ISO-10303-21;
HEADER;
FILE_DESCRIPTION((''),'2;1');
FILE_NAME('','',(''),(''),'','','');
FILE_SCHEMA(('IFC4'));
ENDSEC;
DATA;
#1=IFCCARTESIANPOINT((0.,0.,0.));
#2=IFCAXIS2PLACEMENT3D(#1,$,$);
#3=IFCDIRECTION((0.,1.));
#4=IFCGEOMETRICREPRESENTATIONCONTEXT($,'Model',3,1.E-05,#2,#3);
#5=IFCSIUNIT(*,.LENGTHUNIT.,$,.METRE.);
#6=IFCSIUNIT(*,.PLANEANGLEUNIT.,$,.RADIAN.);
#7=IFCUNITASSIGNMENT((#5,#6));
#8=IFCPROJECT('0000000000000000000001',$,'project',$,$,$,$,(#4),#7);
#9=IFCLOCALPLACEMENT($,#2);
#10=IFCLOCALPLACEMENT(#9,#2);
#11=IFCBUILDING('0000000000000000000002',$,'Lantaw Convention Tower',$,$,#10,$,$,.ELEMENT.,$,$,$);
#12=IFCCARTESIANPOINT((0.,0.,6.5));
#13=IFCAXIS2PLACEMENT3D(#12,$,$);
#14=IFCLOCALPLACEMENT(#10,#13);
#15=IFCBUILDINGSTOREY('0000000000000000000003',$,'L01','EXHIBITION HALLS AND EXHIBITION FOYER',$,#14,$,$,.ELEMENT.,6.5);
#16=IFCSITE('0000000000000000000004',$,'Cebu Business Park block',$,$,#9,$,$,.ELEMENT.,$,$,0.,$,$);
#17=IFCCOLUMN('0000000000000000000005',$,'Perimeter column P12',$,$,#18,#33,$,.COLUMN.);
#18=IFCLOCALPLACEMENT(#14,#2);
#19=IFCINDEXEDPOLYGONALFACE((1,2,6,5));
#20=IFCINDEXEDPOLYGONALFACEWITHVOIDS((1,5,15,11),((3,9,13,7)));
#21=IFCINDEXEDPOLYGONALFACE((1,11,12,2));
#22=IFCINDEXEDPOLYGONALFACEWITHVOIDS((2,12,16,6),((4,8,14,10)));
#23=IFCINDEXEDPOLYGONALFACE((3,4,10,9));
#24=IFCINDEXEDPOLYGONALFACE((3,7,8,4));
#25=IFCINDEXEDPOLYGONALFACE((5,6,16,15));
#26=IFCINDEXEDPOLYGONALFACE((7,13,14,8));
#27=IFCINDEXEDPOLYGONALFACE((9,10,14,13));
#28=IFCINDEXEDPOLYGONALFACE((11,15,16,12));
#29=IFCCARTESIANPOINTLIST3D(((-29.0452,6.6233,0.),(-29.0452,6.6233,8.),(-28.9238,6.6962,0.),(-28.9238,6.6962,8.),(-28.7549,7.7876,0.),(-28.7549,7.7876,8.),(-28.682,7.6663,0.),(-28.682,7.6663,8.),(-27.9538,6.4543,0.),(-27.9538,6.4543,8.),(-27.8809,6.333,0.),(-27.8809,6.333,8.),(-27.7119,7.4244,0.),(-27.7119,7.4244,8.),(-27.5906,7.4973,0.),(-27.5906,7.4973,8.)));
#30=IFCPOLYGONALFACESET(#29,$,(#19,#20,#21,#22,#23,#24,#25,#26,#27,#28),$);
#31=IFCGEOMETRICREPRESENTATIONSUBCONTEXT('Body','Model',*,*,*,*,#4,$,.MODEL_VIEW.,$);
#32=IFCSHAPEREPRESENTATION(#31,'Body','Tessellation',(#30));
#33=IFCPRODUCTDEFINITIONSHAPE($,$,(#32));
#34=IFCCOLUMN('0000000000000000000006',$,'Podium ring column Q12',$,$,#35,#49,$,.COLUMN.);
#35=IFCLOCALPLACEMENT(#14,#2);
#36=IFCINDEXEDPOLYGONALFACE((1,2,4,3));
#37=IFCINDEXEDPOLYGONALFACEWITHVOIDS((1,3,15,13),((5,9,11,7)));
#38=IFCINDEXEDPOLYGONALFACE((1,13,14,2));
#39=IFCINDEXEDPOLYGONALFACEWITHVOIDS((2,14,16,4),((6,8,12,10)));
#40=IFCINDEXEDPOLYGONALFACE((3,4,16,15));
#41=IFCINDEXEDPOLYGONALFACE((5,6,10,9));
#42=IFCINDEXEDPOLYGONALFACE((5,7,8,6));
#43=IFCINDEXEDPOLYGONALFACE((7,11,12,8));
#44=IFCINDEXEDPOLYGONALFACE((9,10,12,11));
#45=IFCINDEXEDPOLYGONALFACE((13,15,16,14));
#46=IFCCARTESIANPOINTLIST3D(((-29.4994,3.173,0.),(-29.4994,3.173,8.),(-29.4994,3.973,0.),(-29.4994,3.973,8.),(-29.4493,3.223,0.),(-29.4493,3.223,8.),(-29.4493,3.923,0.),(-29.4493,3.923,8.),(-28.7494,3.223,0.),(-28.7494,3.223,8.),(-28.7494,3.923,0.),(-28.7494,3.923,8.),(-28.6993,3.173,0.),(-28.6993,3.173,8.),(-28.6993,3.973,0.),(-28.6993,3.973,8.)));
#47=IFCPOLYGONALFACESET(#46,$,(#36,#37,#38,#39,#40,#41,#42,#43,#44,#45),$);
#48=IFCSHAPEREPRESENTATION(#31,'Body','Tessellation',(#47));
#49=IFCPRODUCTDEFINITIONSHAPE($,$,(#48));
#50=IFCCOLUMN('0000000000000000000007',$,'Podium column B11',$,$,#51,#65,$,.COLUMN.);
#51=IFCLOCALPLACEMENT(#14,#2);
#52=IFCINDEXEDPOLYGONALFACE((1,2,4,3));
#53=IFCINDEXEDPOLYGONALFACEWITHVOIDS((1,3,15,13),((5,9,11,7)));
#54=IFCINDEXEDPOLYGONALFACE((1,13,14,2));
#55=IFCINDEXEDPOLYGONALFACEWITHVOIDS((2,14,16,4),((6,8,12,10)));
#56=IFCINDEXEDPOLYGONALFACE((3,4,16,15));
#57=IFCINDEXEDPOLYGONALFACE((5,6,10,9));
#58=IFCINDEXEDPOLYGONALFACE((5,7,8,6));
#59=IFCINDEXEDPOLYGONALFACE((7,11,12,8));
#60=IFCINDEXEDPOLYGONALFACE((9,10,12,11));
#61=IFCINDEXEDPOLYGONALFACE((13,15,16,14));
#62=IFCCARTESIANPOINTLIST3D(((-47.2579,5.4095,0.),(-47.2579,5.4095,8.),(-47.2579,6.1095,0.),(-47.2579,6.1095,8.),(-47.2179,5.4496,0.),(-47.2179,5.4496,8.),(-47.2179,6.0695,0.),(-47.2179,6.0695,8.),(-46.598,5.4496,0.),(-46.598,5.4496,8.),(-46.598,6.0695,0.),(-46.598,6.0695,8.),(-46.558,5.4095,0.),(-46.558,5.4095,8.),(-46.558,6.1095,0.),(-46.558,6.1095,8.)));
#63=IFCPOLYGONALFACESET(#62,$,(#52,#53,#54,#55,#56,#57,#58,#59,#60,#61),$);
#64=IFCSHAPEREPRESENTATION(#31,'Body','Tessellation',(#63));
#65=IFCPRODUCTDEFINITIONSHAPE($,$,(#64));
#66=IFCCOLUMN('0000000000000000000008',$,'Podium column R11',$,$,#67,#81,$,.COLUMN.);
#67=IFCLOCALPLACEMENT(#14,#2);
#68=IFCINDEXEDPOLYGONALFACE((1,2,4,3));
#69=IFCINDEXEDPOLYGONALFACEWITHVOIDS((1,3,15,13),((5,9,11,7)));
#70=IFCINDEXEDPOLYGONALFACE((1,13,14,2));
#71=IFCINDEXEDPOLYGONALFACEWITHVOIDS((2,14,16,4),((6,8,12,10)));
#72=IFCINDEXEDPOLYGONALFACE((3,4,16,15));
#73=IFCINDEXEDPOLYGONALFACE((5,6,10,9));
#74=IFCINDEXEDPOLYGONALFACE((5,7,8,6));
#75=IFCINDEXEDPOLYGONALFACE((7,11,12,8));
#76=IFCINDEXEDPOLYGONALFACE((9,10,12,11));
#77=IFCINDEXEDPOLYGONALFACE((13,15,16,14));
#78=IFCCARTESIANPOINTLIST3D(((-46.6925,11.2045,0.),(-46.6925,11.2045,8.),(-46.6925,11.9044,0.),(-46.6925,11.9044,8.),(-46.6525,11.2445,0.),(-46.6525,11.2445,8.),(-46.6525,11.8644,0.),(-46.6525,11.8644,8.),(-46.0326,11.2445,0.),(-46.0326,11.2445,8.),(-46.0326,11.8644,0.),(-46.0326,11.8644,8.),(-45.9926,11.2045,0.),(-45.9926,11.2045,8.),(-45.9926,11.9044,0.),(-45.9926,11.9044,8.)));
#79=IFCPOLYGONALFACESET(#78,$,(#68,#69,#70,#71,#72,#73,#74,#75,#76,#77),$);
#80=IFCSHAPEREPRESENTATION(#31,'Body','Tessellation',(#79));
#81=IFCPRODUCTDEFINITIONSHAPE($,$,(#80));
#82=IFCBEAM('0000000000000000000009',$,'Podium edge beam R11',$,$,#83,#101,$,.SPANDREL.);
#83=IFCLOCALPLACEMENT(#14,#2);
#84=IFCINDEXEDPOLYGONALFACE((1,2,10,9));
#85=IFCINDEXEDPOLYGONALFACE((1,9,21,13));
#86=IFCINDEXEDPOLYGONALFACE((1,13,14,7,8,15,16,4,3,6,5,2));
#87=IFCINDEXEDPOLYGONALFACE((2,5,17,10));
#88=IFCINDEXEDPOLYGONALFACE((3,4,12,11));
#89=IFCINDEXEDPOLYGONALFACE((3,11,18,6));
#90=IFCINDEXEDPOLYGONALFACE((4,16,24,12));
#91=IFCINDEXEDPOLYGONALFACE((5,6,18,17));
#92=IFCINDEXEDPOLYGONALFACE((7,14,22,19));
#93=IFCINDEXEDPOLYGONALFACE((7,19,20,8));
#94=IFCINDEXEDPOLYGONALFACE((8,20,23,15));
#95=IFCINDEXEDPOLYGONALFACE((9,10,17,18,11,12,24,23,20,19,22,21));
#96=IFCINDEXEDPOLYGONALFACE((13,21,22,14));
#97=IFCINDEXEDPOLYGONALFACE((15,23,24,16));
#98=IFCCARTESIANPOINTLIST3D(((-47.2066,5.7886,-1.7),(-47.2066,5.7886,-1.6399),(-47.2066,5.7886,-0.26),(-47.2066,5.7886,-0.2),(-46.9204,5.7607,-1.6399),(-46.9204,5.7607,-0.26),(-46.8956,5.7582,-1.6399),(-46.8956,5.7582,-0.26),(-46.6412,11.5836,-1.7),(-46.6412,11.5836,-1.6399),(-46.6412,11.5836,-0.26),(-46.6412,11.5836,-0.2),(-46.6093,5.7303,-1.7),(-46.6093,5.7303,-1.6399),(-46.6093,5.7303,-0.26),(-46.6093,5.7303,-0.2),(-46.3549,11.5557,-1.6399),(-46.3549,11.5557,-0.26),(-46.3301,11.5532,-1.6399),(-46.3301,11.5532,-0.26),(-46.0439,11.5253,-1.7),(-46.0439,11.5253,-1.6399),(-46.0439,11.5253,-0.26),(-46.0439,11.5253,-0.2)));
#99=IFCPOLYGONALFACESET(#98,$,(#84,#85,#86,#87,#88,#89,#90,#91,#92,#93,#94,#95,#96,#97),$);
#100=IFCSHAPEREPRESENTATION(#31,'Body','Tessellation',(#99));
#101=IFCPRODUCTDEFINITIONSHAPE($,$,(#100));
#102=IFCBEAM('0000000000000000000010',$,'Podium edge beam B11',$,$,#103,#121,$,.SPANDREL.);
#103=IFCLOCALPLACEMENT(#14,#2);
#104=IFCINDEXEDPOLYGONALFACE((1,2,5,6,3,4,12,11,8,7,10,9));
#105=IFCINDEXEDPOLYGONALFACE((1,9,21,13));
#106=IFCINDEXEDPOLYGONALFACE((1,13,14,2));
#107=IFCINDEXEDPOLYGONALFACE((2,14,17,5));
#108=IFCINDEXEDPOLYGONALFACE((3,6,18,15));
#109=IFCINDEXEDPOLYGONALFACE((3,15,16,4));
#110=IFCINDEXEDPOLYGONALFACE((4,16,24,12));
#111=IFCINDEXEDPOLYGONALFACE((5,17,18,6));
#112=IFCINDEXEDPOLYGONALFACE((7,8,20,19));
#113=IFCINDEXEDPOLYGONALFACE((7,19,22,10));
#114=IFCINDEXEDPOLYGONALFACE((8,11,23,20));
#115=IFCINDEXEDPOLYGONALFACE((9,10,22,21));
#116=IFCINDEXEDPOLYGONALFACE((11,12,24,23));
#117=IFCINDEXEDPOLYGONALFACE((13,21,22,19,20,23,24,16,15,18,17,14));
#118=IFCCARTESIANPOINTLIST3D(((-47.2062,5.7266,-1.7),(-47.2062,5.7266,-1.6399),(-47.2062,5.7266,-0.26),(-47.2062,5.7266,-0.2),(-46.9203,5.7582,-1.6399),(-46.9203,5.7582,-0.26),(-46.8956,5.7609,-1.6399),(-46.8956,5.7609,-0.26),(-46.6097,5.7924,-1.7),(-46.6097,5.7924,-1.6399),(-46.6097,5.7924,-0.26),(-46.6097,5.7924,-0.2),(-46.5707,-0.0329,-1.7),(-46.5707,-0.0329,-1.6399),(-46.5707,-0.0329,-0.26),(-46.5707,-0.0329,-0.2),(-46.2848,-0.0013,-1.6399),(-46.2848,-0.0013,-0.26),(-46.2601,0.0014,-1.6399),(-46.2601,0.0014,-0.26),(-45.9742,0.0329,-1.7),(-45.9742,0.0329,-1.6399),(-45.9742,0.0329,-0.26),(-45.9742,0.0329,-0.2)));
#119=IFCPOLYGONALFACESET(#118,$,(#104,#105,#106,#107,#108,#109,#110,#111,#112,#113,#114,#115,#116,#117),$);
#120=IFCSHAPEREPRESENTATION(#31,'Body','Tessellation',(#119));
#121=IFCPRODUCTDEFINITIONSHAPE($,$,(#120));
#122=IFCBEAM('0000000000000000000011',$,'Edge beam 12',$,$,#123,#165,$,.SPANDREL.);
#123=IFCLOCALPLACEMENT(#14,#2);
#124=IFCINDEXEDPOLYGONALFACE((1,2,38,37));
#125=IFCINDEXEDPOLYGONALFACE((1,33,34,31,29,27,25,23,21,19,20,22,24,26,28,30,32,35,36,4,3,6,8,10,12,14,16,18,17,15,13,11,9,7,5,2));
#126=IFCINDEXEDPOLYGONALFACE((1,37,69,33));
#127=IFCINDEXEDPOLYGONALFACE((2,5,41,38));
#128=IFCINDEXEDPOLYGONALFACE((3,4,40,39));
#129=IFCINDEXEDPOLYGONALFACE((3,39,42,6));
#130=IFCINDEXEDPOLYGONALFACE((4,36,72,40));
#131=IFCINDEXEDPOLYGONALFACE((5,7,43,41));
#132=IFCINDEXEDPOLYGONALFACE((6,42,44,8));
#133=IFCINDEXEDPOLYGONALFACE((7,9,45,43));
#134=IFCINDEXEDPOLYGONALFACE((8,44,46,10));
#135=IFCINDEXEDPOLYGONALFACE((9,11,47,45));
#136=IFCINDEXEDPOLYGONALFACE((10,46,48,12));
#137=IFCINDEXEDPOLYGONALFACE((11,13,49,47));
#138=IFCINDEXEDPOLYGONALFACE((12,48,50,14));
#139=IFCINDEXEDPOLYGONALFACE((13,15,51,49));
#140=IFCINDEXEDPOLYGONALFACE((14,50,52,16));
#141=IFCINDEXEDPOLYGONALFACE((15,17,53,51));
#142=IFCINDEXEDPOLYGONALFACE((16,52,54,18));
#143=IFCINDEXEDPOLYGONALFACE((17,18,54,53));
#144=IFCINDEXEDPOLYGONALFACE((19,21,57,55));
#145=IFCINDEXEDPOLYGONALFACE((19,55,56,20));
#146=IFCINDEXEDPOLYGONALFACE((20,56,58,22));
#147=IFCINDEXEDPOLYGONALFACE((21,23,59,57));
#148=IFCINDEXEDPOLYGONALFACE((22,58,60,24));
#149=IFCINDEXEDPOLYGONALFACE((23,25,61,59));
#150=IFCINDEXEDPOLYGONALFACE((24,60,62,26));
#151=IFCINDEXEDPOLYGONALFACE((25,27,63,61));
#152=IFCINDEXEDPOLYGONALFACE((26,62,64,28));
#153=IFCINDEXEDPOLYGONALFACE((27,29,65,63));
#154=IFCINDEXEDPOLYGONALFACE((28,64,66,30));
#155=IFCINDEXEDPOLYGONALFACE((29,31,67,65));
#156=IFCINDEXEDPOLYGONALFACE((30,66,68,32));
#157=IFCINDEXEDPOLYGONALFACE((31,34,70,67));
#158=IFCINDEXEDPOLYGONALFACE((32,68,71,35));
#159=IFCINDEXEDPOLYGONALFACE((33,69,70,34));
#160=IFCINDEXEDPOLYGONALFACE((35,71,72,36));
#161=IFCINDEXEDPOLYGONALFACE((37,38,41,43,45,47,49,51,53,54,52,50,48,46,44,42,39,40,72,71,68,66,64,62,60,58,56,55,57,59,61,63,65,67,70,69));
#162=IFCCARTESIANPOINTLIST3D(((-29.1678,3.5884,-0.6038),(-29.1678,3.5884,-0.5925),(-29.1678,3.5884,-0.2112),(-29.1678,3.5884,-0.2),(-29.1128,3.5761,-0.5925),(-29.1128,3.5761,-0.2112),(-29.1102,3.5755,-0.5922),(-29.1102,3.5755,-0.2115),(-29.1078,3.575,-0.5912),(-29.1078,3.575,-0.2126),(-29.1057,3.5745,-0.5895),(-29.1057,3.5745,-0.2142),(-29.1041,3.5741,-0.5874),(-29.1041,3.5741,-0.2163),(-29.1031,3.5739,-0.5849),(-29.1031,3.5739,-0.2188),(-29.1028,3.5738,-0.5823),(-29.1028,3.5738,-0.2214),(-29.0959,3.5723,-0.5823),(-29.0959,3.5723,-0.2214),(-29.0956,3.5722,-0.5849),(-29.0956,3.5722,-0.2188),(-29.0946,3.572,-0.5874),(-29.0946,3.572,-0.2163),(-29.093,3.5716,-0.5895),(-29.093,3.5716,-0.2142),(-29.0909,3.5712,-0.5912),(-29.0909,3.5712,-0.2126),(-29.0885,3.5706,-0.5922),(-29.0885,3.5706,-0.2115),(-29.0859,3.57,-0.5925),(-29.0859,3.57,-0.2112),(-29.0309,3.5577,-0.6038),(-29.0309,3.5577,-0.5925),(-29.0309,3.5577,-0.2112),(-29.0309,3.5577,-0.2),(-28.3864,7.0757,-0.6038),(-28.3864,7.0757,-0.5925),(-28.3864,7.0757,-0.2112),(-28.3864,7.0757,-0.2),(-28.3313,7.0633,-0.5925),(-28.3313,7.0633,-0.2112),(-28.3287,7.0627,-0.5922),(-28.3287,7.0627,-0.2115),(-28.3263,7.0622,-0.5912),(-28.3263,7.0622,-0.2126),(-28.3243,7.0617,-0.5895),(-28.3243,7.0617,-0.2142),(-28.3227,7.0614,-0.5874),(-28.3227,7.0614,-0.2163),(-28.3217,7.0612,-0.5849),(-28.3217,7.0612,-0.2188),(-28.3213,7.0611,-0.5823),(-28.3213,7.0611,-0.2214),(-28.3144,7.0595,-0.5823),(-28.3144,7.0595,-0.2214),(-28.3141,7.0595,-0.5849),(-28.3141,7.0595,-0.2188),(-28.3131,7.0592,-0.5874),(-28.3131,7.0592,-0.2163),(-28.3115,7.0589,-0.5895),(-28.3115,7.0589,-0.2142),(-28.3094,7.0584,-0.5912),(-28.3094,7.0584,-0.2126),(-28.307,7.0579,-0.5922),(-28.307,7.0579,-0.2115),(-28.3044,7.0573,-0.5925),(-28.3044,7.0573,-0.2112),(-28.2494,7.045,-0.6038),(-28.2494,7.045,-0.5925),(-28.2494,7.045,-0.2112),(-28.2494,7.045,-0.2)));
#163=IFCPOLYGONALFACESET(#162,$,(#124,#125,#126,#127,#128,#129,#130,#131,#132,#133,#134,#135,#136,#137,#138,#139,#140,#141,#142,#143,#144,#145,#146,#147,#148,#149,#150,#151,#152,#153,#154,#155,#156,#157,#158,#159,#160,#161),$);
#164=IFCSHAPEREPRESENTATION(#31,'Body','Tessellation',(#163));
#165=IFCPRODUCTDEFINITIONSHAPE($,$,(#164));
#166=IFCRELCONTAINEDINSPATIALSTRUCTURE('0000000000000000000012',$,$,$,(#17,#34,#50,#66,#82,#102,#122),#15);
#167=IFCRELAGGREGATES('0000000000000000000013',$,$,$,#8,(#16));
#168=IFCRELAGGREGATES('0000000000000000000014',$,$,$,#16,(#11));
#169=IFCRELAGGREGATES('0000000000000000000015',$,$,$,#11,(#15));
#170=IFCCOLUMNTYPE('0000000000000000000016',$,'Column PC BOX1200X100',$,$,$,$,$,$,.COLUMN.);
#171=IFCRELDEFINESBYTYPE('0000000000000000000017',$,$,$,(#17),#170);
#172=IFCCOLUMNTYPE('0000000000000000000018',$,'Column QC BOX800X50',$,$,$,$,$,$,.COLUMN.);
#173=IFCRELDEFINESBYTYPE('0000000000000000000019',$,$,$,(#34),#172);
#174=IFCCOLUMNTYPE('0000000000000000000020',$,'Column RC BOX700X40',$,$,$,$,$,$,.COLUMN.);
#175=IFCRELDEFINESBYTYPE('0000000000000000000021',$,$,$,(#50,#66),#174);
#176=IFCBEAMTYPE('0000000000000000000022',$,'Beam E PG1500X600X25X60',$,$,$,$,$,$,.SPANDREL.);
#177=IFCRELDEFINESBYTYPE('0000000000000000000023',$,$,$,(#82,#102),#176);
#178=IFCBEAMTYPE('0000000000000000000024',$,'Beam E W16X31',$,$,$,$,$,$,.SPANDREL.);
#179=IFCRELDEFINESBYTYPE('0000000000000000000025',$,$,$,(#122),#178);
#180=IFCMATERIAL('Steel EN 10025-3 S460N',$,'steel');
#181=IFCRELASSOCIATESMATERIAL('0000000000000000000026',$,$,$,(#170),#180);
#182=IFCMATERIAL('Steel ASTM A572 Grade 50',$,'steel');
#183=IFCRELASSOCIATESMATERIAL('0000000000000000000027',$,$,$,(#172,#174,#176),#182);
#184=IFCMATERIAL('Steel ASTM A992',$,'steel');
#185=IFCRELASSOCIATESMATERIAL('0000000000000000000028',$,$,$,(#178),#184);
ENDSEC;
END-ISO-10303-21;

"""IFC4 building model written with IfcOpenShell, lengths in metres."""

from ifc_helpers import new_model, si_unit, direction, frame, origin, origin_2d, place, context, subcontext, project, spatial, rectangle, hollow_rectangle, i_section, extrude, material, material_profile, profile_set, type_object, element, save


model = new_model("IFC4")

# Units and contexts
model_context = context("Model", 3, precision=1e-05, world=origin(), true_north=direction((0.0, 1.0)))
body_context = subcontext(model_context, "Body", "Model", "MODEL_VIEW")
ifc_project = project(units=[si_unit("LENGTHUNIT", "METRE"), si_unit("PLANEANGLEUNIT", "RADIAN")], contexts=[model_context])

# Site, building, storey
site_placement = place(None, origin())
site = spatial("IfcSite", under=ifc_project, at=site_placement, Name="Cebu Business Park block", CompositionType="ELEMENT", RefElevation=0.0)
building_placement = place(site_placement, origin())
building = spatial("IfcBuilding", under=site, at=building_placement, Name="Lantaw Convention Tower", CompositionType="ELEMENT")
storey_placement = place(building_placement, frame((0.0, 0.0, 6.5)))
storey = spatial("IfcBuildingStorey", under=building, at=storey_placement, Name="L01", Description="EXHIBITION HALLS AND EXHIBITION FOYER", CompositionType="ELEMENT", Elevation=6.5)

# Columns
ifc_material_1 = material(Name="Steel EN 10025-3 S460N", Category="steel")
ifc_material_profile_1 = material_profile(ifc_material_1, hollow_rectangle(XDim=1.2, YDim=1.2, WallThickness=0.1001, at=origin_2d()), Name="BOX1200X100")
ifc_material_2 = material(Name="Concrete C60/75", Category="concrete")
ifc_material_profile_2 = material_profile(ifc_material_2, rectangle(XDim=1.0, YDim=1.0, at=origin_2d()), Name="Concrete fill of BOX1200X100")
ifc_profile_set_1 = profile_set([ifc_material_profile_1, ifc_material_profile_2], Name="Steel EN 10025-3 S460N")
column_type_1 = type_object("IfcColumnType", Name="Column PC BOX1200X100", PredefinedType="COLUMN", material=ifc_profile_set_1)
column_1_placement = place(storey_placement, frame((-28.3179, 7.0603, 0.0), z_axis=(0.0, 0.0, 1.0), x_axis=(0.241922, 0.970296, 0.0)))
element("IfcColumn", 1, at=column_1_placement, inside=storey, type_object=column_type_1, Name="Perimeter column P12", PredefinedType="COLUMN", context=body_context, shape_type="SweptSolid", body=[
    extrude(hollow_rectangle(XDim=1.2, YDim=1.2, WallThickness=0.1001, at=origin_2d()), origin(), (0.0, 0.0, 1.0), 8.0),
])
ifc_material_3 = material(Name="Steel ASTM A572 Grade 50", Category="steel")
ifc_material_profile_3 = material_profile(ifc_material_3, hollow_rectangle(XDim=0.8, YDim=0.8, WallThickness=0.05, at=origin_2d()), Name="BOX800X50")
ifc_profile_set_2 = profile_set([ifc_material_profile_3], Name="Steel ASTM A572 Grade 50")
column_type_2 = type_object("IfcColumnType", Name="Column QC BOX800X50", PredefinedType="COLUMN", material=ifc_profile_set_2)
column_2_placement = place(storey_placement, frame((-29.0994, 3.573, 0.0), z_axis=(0.0, 0.0, 1.0), x_axis=(1.0, 0.0, 0.0)))
element("IfcColumn", 2, at=column_2_placement, inside=storey, type_object=column_type_2, Name="Podium ring column Q12", PredefinedType="COLUMN", context=body_context, shape_type="SweptSolid", body=[
    extrude(hollow_rectangle(XDim=0.8, YDim=0.8, WallThickness=0.05, at=origin_2d()), origin(), (0.0, 0.0, 1.0), 8.0),
])
ifc_material_profile_4 = material_profile(ifc_material_3, hollow_rectangle(XDim=0.7, YDim=0.7, WallThickness=0.04, at=origin_2d()), Name="BOX700X40")
ifc_profile_set_3 = profile_set([ifc_material_profile_4], Name="Steel ASTM A572 Grade 50")
column_type_3 = type_object("IfcColumnType", Name="Column RC BOX700X40", PredefinedType="COLUMN", material=ifc_profile_set_3)
for number, where, z_axis, x_axis, name in (
    (3, (-46.908, 5.7595, 0.0), (0.0, 0.0, 1.0), (1.0, 0.0, 0.0), "Podium column B11"),
    (4, (-46.3425, 11.5544, 0.0), (0.0, 0.0, 1.0), (1.0, 0.0, 0.0), "Podium column R11"),
):
    element("IfcColumn", number, at=place(storey_placement, frame(where, z_axis=z_axis, x_axis=x_axis)), inside=storey, type_object=column_type_3, Name=name, PredefinedType="COLUMN", context=body_context, shape_type="SweptSolid", body=[
        extrude(hollow_rectangle(XDim=0.7, YDim=0.7, WallThickness=0.04, at=origin_2d()), origin(), (0.0, 0.0, 1.0), 8.0),
    ])

# Beams
ifc_material_profile_5 = material_profile(ifc_material_3, i_section(OverallWidth=0.6001, OverallDepth=1.5, WebThickness=0.0249, FlangeThickness=0.0601, at=origin_2d()), Name="PG1500X600X25X60")
ifc_profile_set_4 = profile_set([ifc_material_profile_5], Name="Steel ASTM A572 Grade 50")
beam_type_1 = type_object("IfcBeamType", Name="Beam E PG1500X600X25X60", PredefinedType="SPANDREL", material=ifc_profile_set_4)
beam_1_placement = place(storey_placement, frame((-46.3425, 11.5544, -0.95), z_axis=(-0.097112, -0.995273, 0.0), x_axis=(0.995273, -0.097112, 0.0)))
element("IfcBeam", 5, at=beam_1_placement, inside=storey, type_object=beam_type_1, Name="Podium edge beam R11", PredefinedType="SPANDREL", context=body_context, shape_type="SweptSolid", body=[
    extrude(i_section(OverallWidth=0.6001, OverallDepth=1.5, WebThickness=0.0249, FlangeThickness=0.0601, at=origin_2d()), origin(), (0.0, 0.0, 1.0), 5.8225),
])
beam_2_placement = place(storey_placement, frame((-46.908, 5.7595, -0.95), z_axis=(0.109673, -0.993968, 0.0), x_axis=(0.993968, 0.109673, 0.0)))
element("IfcBeam", 6, at=beam_2_placement, inside=storey, type_object=beam_type_1, Name="Podium edge beam B11", PredefinedType="SPANDREL", context=body_context, shape_type="SweptSolid", body=[
    extrude(i_section(OverallWidth=0.6001, OverallDepth=1.5, WebThickness=0.0249, FlangeThickness=0.0601, at=origin_2d()), origin(), (0.0, 0.0, 1.0), 5.7944),
])
ifc_material_4 = material(Name="Steel ASTM A992", Category="steel")
ifc_material_profile_6 = material_profile(ifc_material_4, i_section(OverallWidth=0.1404, OverallDepth=0.4038, WebThickness=0.0071, FlangeThickness=0.0112, FilletRadius=0.0103, at=origin_2d()), Name="W16X31")
ifc_profile_set_5 = profile_set([ifc_material_profile_6], Name="Steel ASTM A992")
beam_type_2 = type_object("IfcBeamType", Name="Beam E W16X31", PredefinedType="SPANDREL", material=ifc_profile_set_5)
beam_3_placement = place(storey_placement, frame((-28.3179, 7.0603, -0.4019), z_axis=(-0.218673, -0.975798, 0.0), x_axis=(0.975798, -0.218673, 0.0)))
element("IfcBeam", 7, at=beam_3_placement, inside=storey, type_object=beam_type_2, Name="Edge beam 12", PredefinedType="SPANDREL", context=body_context, shape_type="SweptSolid", body=[
    extrude(i_section(OverallWidth=0.1404, OverallDepth=0.4038, WebThickness=0.0071, FlangeThickness=0.0112, FilletRadius=0.0103, at=origin_2d()), origin(), (0.0, 0.0, 1.0), 3.5737),
])

save(model, "model.ifc")
